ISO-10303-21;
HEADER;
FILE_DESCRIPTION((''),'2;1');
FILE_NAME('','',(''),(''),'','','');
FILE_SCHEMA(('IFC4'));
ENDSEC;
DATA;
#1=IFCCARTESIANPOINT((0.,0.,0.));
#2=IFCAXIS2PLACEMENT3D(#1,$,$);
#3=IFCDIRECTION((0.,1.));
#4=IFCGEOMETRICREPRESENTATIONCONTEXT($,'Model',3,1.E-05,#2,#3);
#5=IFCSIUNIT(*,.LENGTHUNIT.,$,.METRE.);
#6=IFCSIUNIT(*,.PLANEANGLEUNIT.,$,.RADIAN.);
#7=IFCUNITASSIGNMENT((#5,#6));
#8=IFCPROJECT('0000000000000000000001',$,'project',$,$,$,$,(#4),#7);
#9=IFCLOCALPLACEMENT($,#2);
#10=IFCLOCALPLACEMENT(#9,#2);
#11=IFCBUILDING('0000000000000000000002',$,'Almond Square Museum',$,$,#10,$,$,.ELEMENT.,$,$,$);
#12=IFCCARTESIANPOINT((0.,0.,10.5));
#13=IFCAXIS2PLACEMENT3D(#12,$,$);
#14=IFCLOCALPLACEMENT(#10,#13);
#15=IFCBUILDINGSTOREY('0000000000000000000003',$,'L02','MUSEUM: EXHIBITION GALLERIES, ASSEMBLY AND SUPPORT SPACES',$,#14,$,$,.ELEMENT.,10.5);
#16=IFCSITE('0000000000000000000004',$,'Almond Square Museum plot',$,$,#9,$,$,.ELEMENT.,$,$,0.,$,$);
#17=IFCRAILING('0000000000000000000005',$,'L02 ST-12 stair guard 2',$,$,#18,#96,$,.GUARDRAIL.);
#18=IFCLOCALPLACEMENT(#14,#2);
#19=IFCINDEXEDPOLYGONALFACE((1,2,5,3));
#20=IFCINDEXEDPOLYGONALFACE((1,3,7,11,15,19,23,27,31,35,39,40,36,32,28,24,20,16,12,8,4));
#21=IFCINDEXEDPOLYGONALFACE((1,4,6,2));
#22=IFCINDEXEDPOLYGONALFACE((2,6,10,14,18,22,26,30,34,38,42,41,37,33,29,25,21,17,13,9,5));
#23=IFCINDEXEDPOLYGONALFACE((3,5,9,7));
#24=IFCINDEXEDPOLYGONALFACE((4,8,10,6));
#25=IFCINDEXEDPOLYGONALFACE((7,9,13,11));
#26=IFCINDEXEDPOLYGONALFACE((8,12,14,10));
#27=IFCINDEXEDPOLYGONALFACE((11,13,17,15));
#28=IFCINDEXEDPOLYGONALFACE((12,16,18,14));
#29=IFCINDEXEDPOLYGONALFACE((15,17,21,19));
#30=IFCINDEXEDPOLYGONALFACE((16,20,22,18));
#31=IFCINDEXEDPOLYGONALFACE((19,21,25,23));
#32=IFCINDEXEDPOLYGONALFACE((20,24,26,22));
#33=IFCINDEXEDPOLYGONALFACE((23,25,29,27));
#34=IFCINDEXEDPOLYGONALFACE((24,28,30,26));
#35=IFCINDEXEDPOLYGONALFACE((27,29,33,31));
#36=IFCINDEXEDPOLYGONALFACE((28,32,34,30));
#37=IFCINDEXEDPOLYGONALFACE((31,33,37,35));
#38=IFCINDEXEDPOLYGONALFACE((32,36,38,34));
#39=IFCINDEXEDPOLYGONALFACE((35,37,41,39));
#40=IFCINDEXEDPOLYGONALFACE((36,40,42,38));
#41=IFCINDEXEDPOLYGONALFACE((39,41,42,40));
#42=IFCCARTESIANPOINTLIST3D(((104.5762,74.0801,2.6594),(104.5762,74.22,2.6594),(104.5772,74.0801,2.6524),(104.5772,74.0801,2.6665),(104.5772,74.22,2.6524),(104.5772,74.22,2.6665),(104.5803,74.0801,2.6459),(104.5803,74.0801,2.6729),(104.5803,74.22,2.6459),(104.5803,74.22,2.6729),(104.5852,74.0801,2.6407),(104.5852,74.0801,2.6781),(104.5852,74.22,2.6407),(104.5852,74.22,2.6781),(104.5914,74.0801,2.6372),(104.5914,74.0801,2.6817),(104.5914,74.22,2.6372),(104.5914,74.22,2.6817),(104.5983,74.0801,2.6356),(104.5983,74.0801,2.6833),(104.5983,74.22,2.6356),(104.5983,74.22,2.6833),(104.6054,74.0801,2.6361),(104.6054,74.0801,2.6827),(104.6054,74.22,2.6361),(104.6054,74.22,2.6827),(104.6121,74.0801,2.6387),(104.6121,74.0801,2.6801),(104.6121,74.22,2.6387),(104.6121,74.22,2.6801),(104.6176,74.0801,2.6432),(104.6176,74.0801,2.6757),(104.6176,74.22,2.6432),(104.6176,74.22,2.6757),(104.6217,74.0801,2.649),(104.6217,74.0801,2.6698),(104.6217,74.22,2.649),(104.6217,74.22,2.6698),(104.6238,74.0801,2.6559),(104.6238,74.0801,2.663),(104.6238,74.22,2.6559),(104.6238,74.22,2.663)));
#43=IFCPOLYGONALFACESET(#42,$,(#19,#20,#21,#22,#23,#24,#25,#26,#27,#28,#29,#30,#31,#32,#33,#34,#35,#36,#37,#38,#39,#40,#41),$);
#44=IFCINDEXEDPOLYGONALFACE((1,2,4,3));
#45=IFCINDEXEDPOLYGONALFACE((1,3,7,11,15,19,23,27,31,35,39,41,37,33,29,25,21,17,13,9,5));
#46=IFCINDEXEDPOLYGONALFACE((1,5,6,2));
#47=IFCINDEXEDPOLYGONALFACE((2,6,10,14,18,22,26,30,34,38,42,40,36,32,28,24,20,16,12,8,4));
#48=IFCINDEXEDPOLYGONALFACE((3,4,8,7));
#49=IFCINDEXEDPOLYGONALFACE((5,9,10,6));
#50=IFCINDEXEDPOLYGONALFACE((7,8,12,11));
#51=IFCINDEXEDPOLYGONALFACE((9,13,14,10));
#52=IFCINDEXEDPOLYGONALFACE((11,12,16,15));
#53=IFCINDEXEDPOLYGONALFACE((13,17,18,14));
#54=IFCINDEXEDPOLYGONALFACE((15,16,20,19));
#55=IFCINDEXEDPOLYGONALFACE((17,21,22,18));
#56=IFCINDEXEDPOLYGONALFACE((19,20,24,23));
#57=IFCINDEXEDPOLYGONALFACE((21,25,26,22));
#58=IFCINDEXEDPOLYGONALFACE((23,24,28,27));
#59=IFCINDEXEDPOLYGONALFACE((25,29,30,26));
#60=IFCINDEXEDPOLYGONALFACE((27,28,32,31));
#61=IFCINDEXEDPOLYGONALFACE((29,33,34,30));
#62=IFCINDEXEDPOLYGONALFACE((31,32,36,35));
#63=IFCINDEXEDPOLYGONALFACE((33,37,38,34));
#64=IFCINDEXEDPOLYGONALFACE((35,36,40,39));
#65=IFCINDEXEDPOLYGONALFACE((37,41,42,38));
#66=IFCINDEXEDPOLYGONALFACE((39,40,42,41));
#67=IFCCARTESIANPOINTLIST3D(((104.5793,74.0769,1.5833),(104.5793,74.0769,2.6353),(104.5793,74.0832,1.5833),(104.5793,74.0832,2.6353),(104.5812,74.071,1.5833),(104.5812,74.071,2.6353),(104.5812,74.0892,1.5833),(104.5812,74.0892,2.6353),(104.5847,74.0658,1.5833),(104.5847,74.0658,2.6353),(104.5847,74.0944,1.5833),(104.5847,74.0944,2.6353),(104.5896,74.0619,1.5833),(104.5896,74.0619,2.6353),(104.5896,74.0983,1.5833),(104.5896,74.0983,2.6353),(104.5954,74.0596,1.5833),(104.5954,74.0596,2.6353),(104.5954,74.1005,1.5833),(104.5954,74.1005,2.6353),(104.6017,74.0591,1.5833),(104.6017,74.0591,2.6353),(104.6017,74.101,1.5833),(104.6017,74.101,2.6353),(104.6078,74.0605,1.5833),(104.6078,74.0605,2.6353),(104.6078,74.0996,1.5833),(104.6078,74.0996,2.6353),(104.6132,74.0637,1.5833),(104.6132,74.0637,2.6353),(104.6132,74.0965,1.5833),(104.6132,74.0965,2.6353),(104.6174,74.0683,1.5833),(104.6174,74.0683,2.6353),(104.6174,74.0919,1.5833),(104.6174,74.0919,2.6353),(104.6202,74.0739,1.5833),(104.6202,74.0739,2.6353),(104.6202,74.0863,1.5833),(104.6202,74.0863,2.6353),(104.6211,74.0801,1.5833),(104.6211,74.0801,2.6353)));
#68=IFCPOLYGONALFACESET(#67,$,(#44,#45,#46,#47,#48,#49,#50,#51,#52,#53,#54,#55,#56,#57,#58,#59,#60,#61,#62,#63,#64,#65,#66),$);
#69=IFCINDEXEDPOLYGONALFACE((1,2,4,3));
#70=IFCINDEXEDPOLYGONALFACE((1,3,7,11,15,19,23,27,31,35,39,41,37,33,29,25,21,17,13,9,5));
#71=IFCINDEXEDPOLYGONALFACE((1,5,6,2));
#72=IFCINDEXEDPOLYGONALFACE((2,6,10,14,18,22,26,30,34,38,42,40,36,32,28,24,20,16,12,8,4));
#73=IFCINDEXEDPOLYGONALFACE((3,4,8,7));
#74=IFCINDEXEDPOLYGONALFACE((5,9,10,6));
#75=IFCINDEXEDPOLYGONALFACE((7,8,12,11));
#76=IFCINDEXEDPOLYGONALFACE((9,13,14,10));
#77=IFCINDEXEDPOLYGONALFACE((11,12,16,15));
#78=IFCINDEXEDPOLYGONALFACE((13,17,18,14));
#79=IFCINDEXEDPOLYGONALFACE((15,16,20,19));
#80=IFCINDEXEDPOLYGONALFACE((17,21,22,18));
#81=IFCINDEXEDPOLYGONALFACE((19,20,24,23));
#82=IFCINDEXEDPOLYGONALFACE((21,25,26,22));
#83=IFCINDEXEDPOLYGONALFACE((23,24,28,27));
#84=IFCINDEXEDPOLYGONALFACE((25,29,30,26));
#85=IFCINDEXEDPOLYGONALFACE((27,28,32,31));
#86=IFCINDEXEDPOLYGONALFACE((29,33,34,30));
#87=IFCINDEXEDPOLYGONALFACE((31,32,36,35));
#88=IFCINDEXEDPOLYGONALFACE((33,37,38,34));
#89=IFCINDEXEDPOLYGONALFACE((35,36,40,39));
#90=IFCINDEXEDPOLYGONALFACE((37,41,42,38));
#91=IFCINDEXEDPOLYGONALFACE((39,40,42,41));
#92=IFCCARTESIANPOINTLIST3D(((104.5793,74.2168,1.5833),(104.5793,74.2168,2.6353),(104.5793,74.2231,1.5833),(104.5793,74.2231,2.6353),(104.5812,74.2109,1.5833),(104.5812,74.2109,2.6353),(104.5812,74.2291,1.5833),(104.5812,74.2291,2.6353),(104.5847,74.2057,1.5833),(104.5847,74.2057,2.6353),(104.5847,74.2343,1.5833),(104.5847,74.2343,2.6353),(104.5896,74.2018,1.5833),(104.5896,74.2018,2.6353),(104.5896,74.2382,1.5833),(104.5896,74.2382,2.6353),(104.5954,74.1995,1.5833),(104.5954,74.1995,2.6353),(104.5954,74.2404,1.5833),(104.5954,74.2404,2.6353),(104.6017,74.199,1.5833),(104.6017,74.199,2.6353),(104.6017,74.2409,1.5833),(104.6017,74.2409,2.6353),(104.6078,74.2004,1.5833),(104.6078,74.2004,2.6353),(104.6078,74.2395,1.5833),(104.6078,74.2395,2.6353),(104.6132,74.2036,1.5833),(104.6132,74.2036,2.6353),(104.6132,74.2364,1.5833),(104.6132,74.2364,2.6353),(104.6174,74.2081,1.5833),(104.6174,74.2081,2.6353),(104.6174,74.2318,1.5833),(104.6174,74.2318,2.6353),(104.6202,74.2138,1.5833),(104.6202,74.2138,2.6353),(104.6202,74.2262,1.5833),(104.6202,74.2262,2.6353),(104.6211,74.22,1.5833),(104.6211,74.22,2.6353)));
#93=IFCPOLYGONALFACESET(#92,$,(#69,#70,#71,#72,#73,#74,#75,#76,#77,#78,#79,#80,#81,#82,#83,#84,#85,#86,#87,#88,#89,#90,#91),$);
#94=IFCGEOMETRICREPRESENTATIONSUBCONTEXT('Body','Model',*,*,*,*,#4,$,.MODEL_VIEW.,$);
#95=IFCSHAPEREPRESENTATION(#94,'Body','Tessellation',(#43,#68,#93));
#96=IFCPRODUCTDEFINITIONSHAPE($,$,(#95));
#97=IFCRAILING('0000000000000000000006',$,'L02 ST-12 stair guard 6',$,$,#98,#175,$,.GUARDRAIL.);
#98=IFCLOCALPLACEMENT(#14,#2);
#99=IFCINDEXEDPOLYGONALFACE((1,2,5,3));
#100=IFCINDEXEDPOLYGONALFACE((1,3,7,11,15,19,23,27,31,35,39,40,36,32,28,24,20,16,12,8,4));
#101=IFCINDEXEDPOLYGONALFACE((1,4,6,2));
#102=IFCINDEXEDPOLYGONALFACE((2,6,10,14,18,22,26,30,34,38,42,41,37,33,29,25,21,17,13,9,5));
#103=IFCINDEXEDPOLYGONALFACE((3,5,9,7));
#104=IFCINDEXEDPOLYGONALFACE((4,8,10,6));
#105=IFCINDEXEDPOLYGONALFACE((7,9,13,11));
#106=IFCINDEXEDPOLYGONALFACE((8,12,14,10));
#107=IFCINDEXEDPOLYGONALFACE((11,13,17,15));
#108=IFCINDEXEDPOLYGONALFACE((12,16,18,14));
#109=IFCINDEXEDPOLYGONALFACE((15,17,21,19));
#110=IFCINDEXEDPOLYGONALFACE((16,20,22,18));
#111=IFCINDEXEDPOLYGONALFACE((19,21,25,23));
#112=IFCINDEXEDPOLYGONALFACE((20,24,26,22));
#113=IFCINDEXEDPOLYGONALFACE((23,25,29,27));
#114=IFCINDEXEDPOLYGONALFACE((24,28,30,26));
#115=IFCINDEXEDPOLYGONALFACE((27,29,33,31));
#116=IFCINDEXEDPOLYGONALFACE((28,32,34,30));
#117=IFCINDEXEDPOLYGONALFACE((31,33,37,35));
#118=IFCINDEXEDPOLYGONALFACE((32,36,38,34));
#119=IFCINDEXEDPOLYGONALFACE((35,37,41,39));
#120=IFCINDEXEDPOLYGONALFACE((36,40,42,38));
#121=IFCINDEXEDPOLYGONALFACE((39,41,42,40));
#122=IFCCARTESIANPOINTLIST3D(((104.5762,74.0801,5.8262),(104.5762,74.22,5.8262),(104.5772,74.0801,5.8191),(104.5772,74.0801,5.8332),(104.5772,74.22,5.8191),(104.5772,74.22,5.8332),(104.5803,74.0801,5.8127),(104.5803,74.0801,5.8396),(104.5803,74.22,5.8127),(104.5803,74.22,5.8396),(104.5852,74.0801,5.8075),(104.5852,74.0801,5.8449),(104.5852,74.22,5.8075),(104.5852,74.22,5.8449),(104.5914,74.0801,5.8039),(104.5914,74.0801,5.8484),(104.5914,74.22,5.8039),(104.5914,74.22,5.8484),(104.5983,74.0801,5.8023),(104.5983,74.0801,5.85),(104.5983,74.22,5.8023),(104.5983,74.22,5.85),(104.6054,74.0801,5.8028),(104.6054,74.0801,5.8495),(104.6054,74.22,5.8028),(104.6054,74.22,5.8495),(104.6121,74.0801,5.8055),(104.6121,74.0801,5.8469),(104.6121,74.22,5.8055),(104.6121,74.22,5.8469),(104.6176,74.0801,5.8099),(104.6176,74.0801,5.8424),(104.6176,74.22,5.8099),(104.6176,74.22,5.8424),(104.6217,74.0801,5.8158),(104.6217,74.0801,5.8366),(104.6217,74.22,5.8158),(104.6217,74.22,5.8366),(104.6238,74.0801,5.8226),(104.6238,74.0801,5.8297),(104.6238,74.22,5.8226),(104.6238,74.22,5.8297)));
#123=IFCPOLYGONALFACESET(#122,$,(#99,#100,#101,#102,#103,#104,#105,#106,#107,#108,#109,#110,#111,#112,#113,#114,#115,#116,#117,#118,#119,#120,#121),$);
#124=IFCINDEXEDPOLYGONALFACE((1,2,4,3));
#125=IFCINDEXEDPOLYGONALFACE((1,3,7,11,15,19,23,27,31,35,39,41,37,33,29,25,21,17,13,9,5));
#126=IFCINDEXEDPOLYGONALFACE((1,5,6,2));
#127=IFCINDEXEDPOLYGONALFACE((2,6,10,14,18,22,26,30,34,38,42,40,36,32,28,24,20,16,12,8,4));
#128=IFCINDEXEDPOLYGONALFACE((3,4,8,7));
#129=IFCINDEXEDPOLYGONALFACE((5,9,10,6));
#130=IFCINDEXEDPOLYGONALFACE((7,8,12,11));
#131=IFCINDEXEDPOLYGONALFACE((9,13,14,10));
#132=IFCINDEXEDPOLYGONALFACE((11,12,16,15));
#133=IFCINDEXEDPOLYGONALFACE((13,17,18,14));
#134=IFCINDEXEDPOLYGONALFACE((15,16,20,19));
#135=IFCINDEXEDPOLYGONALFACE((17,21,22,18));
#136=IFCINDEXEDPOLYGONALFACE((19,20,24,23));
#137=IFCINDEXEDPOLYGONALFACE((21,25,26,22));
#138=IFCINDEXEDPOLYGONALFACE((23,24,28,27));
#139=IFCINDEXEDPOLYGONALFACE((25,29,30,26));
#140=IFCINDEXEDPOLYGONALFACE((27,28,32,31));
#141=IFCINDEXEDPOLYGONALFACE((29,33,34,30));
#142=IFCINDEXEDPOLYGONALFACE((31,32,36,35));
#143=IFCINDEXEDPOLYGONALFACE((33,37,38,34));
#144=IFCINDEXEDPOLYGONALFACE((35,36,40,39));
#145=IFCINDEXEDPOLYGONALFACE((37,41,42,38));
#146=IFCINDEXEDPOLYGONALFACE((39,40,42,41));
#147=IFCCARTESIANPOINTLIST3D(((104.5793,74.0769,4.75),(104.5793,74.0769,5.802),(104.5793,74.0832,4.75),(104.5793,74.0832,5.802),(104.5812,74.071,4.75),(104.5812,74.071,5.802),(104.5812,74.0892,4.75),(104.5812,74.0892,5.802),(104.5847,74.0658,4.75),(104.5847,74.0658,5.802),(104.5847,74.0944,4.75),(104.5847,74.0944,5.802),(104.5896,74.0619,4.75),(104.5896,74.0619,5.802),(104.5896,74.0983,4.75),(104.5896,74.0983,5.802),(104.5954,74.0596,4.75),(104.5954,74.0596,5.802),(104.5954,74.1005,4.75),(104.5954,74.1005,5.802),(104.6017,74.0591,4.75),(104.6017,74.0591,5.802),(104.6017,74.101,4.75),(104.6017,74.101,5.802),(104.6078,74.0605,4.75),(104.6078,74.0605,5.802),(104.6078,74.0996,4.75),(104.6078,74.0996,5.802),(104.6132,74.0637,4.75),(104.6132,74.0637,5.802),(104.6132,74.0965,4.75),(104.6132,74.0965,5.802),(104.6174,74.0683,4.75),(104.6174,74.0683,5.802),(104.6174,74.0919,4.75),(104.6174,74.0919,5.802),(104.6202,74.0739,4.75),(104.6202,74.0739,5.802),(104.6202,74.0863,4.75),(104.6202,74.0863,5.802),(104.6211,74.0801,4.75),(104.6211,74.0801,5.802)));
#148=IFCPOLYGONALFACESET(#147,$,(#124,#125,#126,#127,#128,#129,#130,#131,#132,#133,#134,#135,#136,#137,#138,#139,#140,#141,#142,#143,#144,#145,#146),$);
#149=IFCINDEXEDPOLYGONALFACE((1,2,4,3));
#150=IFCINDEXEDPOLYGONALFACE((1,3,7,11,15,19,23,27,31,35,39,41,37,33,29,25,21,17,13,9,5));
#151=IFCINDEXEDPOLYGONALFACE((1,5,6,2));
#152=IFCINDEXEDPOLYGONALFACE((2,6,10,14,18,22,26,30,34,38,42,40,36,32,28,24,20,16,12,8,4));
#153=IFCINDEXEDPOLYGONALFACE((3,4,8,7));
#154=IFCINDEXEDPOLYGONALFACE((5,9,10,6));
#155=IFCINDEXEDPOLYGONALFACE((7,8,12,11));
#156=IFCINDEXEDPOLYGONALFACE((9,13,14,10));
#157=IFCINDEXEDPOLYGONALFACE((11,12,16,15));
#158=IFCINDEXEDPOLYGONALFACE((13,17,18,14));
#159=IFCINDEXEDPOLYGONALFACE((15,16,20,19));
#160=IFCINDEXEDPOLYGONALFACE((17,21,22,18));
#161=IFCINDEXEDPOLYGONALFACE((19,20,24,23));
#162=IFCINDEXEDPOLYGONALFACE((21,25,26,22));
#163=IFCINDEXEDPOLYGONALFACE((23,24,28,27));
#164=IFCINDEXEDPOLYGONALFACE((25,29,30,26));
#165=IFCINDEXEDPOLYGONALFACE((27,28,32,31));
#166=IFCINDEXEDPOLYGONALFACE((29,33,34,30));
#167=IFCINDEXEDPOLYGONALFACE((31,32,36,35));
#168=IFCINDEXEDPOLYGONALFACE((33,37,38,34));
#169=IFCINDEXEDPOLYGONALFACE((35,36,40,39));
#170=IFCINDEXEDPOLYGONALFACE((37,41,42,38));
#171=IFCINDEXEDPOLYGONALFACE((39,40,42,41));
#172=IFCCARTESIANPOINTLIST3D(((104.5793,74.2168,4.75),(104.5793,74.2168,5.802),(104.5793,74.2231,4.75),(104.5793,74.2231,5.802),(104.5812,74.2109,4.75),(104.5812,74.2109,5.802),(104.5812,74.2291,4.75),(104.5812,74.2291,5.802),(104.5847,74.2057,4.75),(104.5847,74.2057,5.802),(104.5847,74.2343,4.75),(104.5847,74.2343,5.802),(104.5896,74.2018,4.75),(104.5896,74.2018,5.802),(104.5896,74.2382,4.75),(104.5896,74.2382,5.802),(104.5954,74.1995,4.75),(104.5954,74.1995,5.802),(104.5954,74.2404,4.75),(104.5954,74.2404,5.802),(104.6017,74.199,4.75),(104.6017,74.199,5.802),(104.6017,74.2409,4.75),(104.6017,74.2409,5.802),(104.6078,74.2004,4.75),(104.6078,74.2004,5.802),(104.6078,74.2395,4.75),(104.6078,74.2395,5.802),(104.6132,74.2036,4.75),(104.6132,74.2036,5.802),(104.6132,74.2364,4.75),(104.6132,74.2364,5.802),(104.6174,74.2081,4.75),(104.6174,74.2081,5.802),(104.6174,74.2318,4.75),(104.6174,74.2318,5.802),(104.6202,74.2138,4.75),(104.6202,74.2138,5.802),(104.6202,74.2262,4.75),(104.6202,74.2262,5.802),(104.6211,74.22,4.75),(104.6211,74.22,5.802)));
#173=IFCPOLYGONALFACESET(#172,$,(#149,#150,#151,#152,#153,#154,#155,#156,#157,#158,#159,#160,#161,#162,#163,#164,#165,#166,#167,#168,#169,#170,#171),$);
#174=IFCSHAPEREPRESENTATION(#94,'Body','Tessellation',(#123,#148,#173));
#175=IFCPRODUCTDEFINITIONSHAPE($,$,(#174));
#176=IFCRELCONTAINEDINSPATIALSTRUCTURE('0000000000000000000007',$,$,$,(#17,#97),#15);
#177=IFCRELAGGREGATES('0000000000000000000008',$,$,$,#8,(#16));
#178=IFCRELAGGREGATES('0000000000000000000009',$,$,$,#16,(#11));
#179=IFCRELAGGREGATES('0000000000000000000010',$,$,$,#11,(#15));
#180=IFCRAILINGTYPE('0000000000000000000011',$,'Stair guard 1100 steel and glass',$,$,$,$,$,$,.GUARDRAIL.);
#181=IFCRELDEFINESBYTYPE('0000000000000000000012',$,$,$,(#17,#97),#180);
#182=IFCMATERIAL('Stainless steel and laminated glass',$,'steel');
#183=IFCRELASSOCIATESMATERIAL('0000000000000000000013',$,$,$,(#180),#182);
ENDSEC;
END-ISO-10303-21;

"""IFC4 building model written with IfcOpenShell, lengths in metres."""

from ifc_helpers import new_model, si_unit, direction, frame, origin, origin_2d, place, context, subcontext, project, spatial, circle, extrude, material, type_object, element, save


model = new_model("IFC4")

# Units and contexts
model_context = context("Model", 3, precision=1e-05, world=origin(), true_north=direction((0.0, 1.0)))
body_context = subcontext(model_context, "Body", "Model", "MODEL_VIEW")
ifc_project = project(units=[si_unit("LENGTHUNIT", "METRE"), si_unit("PLANEANGLEUNIT", "RADIAN")], contexts=[model_context])

# Site, building, storey
site_placement = place(None, origin())
site = spatial("IfcSite", under=ifc_project, at=site_placement, Name="Almond Square Museum plot", CompositionType="ELEMENT", RefElevation=0.0)
building_placement = place(site_placement, origin())
building = spatial("IfcBuilding", under=site, at=building_placement, Name="Almond Square Museum", CompositionType="ELEMENT")
storey_placement = place(building_placement, frame((0.0, 0.0, 10.5)))
storey = spatial("IfcBuildingStorey", under=building, at=storey_placement, Name="L02", Description="MUSEUM: EXHIBITION GALLERIES, ASSEMBLY AND SUPPORT SPACES", CompositionType="ELEMENT", Elevation=10.5)

# Railings
ifc_material_1 = material(Name="Stainless steel and laminated glass", Category="steel")
railing_type_1 = type_object("IfcRailingType", Name="Stair guard 1100 steel and glass", PredefinedType="GUARDRAIL", material=ifc_material_1)
for number, where, name in (
    (1, (104.6001, 74.0801, 1.5833), "L02 ST-12 stair guard 2"),
    (2, (104.6001, 74.0801, 4.75), "L02 ST-12 stair guard 6"),
):
    element("IfcRailing", number, at=place(storey_placement, frame(where)), inside=storey, type_object=railing_type_1, Name=name, PredefinedType="GUARDRAIL", context=body_context, shape_type="SweptSolid", body=[
        extrude(circle(Radius=0.0239, at=origin_2d()), frame((0.0, 0.0, 1.0762), z_axis=(0.0, 1.0, 0.0), x_axis=(-1.0, 0.0, 0.0)), (0.0, 0.0, 1.0), 0.1399),
        extrude(circle(Radius=0.021, at=origin_2d()), origin(), (0.0, 0.0, 1.0), 1.052),
        extrude(circle(Radius=0.021, at=origin_2d()), frame((0.0, 0.1399, 0.0)), (0.0, 0.0, 1.0), 1.052),
    ])

save(model, "model.ifc")
